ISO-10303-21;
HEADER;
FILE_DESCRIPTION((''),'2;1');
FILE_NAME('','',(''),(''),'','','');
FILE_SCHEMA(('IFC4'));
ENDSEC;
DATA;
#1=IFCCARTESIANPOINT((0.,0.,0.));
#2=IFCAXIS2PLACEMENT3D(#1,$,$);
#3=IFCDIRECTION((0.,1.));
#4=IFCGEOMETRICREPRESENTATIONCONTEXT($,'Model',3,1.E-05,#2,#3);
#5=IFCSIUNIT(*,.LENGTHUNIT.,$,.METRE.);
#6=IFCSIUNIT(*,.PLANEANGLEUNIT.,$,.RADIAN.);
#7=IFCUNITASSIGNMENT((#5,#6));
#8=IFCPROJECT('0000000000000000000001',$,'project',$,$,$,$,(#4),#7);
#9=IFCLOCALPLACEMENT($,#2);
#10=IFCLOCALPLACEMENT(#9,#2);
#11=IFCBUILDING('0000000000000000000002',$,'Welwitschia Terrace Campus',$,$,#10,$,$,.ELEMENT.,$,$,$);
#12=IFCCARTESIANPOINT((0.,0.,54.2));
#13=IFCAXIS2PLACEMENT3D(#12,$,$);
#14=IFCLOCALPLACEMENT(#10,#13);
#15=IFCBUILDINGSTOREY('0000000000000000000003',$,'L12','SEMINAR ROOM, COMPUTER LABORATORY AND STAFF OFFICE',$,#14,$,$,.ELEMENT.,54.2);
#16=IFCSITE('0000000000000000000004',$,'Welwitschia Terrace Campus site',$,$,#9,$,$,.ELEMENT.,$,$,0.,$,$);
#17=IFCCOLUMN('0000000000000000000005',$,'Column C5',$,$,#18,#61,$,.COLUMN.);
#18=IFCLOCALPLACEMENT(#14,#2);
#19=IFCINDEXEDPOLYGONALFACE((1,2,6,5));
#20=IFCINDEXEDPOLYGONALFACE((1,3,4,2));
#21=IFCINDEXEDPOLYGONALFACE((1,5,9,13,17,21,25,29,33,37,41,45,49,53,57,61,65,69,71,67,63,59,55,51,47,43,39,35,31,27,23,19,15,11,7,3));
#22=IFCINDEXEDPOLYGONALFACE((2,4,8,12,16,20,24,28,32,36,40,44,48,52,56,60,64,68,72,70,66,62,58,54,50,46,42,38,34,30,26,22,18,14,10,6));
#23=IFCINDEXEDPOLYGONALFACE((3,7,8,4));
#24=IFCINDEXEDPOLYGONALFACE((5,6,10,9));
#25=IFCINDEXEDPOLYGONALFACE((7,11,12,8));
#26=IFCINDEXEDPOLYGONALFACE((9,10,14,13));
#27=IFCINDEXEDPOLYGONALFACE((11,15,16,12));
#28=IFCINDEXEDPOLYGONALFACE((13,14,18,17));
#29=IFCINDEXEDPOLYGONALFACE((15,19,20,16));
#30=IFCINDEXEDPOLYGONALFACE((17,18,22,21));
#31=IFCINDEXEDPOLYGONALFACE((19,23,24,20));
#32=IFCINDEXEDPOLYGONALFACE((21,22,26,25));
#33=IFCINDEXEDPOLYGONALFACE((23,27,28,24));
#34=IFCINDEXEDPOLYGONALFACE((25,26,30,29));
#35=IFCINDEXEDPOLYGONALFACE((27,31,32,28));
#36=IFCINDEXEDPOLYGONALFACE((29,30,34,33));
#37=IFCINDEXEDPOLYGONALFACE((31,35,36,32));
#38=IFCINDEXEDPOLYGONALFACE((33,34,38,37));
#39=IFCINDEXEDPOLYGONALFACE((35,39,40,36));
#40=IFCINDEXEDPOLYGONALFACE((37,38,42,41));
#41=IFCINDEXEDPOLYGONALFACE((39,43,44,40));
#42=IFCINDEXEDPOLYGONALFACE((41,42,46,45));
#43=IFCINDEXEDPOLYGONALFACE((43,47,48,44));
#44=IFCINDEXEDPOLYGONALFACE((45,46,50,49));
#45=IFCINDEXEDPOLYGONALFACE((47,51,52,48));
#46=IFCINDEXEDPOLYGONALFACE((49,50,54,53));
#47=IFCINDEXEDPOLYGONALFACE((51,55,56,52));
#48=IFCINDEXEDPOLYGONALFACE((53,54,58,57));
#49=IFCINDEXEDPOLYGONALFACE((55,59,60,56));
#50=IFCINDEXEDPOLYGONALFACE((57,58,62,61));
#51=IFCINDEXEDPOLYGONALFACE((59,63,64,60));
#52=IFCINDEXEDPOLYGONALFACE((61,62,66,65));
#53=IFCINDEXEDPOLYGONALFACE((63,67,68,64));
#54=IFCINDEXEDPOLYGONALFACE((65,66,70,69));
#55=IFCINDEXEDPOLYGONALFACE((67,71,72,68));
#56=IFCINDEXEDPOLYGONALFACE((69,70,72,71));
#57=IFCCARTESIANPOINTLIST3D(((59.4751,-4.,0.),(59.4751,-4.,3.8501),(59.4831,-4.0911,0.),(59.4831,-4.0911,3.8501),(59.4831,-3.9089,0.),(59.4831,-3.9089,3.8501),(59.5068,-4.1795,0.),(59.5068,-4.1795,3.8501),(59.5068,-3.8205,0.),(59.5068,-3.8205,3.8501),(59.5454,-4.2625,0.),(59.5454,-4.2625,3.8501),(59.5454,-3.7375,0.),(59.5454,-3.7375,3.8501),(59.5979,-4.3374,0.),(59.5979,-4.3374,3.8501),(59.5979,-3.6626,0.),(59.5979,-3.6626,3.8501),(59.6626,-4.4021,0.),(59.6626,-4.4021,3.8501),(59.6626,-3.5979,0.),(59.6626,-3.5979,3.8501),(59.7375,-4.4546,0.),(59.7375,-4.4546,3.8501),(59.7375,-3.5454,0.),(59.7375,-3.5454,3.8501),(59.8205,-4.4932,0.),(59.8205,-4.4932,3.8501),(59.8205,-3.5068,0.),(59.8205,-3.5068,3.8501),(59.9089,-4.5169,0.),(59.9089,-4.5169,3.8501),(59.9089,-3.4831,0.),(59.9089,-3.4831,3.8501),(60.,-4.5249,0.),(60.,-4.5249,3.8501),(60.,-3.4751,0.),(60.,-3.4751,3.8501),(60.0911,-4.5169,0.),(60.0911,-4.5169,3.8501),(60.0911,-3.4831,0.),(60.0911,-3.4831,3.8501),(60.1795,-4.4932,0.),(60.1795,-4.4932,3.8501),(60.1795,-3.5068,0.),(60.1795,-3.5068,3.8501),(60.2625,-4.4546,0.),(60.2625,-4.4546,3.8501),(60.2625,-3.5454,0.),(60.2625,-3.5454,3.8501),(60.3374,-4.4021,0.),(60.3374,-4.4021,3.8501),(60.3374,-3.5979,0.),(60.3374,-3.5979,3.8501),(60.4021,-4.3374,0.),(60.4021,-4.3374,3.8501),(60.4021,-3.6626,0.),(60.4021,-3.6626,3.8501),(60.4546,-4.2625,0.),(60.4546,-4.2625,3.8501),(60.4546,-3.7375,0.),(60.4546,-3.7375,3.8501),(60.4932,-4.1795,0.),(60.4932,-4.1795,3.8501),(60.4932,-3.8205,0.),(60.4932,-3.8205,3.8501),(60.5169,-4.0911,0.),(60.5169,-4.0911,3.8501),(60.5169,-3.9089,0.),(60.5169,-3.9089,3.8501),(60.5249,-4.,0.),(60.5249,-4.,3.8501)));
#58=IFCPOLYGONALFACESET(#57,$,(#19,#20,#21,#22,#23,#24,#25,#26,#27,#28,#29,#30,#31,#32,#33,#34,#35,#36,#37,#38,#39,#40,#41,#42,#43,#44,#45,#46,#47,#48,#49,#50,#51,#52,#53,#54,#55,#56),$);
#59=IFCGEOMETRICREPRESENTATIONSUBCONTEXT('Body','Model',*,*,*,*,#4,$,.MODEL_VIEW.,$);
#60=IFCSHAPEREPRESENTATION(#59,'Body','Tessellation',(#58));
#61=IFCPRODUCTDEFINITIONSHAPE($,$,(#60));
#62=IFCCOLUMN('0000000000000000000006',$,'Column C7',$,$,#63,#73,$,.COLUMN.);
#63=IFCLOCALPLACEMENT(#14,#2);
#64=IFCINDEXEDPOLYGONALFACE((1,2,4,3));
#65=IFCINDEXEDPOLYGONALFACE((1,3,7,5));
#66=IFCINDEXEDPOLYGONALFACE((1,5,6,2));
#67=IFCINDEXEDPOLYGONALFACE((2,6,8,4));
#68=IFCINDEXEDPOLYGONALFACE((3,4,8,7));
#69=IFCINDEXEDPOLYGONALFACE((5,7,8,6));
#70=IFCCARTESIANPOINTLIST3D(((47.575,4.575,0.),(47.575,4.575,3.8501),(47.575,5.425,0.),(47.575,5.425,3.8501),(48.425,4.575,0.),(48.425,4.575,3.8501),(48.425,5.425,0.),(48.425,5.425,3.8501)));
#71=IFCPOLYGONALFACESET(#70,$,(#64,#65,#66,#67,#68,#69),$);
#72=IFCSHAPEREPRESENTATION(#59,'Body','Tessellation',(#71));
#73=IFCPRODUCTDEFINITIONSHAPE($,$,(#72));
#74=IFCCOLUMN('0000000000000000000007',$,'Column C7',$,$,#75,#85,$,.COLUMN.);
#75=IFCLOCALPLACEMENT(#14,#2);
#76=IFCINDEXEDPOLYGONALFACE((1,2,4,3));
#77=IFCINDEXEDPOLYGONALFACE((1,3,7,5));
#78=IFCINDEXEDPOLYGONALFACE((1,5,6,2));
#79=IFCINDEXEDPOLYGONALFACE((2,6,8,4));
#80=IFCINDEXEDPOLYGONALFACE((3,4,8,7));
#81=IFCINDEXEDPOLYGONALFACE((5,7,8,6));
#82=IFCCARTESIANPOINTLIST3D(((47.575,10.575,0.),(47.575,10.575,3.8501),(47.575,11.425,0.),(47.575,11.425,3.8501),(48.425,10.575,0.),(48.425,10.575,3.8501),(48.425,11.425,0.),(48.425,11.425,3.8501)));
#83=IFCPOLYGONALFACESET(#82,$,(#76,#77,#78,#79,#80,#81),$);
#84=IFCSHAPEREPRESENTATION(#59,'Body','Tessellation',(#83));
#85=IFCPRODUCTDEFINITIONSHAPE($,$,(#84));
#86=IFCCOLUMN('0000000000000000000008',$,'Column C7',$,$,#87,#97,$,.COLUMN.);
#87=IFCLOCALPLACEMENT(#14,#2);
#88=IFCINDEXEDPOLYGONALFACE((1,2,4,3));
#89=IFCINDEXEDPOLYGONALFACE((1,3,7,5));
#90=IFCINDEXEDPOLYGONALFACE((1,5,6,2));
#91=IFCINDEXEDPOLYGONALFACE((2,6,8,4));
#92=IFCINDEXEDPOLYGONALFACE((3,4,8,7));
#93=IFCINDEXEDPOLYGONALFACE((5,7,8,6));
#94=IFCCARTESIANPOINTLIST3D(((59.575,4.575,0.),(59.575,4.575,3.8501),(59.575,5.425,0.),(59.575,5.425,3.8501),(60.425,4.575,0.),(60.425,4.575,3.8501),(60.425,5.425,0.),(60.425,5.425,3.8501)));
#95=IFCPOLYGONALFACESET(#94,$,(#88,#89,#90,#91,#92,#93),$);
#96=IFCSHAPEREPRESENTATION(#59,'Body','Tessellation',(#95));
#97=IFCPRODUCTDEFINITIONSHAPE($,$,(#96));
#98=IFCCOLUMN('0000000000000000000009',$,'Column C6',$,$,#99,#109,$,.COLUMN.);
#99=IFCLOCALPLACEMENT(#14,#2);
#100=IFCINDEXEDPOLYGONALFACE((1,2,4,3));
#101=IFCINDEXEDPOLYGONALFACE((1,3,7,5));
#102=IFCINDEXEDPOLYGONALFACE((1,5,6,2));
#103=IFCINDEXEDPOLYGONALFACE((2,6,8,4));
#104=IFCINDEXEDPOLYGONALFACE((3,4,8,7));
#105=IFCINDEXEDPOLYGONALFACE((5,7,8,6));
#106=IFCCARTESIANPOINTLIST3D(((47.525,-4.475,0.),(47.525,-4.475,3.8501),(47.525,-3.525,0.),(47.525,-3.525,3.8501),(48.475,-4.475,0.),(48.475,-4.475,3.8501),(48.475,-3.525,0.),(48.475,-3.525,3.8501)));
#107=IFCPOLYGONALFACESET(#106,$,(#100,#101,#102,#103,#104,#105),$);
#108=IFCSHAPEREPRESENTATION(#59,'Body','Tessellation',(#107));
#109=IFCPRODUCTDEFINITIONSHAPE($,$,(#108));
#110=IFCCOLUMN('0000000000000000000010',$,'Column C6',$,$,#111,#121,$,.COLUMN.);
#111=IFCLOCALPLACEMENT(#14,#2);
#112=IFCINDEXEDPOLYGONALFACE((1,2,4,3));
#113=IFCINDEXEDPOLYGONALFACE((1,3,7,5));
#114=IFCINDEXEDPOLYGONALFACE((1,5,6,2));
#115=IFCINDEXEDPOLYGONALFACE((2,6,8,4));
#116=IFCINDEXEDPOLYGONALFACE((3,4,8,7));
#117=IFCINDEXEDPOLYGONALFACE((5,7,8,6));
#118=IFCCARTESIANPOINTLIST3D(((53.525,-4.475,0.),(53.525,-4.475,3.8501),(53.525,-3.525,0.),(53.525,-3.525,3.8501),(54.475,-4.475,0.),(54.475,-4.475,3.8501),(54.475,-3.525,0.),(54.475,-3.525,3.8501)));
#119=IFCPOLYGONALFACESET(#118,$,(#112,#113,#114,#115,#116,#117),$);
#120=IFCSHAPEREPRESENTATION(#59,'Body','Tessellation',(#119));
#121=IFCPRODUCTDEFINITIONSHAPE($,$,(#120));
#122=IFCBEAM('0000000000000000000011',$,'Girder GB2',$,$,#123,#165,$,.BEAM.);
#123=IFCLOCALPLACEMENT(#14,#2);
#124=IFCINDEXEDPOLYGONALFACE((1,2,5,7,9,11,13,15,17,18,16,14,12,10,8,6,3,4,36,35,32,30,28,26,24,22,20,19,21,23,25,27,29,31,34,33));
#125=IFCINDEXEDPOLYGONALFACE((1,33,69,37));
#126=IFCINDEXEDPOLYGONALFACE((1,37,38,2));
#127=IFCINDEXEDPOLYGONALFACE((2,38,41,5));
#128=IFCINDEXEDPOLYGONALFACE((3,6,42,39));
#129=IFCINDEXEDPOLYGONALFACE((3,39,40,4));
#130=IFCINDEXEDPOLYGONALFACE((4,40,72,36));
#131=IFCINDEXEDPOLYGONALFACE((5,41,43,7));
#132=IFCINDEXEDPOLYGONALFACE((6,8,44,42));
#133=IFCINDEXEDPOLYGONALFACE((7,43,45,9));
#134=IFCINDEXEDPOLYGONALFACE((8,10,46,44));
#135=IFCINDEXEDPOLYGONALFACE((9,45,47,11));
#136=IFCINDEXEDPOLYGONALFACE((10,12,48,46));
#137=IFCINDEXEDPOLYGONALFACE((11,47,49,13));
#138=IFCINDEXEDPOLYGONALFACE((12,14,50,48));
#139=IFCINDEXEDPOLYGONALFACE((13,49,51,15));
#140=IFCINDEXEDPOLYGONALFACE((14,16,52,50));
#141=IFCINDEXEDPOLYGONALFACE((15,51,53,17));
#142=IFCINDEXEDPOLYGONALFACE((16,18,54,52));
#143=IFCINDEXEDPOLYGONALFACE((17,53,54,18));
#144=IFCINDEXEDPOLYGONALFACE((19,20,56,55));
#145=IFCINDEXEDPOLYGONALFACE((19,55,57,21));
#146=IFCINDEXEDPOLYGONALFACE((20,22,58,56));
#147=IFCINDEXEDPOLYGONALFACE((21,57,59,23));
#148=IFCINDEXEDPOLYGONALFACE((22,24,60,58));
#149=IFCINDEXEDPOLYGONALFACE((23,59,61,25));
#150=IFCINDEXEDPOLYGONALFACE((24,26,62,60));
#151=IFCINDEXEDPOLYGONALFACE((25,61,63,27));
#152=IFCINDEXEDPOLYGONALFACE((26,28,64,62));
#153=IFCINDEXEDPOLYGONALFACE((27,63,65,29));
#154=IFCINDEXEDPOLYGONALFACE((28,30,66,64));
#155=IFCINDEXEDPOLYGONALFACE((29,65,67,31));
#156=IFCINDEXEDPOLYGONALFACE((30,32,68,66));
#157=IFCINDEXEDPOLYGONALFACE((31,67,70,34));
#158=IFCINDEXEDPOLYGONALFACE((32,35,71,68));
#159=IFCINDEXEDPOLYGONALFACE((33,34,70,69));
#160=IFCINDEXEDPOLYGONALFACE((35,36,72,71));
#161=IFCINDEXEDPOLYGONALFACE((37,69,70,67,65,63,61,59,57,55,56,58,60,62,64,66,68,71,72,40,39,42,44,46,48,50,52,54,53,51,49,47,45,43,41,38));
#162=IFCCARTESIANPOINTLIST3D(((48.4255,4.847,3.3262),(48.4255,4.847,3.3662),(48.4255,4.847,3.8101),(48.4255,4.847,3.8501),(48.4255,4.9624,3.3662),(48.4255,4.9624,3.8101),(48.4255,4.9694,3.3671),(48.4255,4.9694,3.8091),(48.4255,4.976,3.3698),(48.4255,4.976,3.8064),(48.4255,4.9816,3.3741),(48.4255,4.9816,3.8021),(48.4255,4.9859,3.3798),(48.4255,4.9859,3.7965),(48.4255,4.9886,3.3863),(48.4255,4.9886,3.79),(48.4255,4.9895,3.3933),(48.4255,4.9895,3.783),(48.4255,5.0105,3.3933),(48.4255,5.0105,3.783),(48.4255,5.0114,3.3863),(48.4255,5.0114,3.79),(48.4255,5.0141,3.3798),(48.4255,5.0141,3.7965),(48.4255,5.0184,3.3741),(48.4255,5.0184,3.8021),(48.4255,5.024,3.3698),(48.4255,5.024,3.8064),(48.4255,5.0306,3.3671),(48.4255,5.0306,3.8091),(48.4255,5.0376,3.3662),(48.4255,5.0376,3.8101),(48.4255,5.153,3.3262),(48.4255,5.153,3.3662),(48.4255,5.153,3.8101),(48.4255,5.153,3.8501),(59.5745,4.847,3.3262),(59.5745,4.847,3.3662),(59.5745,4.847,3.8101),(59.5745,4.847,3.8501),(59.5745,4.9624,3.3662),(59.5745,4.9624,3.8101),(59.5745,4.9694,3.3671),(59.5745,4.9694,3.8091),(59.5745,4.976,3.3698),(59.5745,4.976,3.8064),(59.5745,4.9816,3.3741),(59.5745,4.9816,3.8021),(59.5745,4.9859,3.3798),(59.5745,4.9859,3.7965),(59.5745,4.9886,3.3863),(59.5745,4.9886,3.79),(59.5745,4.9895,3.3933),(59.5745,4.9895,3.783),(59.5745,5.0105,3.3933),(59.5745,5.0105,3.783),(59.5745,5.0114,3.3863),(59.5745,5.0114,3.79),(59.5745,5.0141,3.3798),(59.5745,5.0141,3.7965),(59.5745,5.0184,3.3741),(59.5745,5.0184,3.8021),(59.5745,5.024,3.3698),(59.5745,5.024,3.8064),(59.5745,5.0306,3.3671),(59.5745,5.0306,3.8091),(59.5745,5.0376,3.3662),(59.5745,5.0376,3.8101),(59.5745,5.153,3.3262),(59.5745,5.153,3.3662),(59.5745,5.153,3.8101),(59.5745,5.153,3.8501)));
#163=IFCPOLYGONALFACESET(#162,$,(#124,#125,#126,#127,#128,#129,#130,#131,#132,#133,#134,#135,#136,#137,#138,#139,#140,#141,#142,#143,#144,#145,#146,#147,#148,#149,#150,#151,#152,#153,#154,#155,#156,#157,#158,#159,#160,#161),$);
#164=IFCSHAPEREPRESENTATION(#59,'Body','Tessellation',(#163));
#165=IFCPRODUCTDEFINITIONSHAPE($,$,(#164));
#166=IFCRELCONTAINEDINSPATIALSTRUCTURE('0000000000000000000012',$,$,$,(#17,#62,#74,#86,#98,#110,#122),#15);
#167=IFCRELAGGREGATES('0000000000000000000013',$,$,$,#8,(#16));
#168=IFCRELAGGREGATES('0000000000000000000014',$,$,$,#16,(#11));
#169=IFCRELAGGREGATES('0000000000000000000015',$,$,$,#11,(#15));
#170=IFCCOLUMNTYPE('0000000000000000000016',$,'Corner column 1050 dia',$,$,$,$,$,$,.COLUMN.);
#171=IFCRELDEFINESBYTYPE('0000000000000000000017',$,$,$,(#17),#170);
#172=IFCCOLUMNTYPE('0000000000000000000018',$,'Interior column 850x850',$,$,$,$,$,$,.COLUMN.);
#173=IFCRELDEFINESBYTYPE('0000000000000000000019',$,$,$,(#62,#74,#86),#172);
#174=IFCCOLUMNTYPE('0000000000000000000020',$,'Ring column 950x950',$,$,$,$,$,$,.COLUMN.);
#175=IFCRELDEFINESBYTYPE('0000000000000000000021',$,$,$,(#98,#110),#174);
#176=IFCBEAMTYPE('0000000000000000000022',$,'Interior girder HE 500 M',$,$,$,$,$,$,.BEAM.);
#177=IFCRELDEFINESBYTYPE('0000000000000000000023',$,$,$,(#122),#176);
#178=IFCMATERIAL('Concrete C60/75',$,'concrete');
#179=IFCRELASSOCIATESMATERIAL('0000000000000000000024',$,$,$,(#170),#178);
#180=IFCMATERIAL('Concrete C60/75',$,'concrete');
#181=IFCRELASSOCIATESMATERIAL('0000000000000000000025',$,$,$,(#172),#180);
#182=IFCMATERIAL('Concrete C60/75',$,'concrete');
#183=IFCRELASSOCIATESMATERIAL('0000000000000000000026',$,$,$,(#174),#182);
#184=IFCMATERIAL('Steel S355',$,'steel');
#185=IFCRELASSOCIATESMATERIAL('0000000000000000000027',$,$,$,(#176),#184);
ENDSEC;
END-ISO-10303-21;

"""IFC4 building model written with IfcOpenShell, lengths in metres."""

from ifc_helpers import new_model, si_unit, direction, frame, origin, origin_2d, place, context, subcontext, project, spatial, rectangle, circle, i_section, extrude, material, material_profile, profile_set, type_object, element, save


model = new_model("IFC4")

# Units and contexts
model_context = context("Model", 3, precision=1e-05, world=origin(), true_north=direction((0.0, 1.0)))
body_context = subcontext(model_context, "Body", "Model", "MODEL_VIEW")
ifc_project = project(units=[si_unit("LENGTHUNIT", "METRE"), si_unit("PLANEANGLEUNIT", "RADIAN")], contexts=[model_context])

# Site, building, storey
site_placement = place(None, origin())
site = spatial("IfcSite", under=ifc_project, at=site_placement, Name="Welwitschia Terrace Campus site", CompositionType="ELEMENT", RefElevation=0.0)
building_placement = place(site_placement, origin())
building = spatial("IfcBuilding", under=site, at=building_placement, Name="Welwitschia Terrace Campus", CompositionType="ELEMENT")
storey_placement = place(building_placement, frame((0.0, 0.0, 54.2)))
storey = spatial("IfcBuildingStorey", under=building, at=storey_placement, Name="L12", Description="SEMINAR ROOM, COMPUTER LABORATORY AND STAFF OFFICE", CompositionType="ELEMENT", Elevation=54.2)

# Columns
ifc_material_1 = material(Name="Concrete C60/75", Category="concrete")
ifc_material_profile_1 = material_profile(ifc_material_1, circle(Radius=0.5249, at=origin_2d()))
ifc_profile_set_1 = profile_set([ifc_material_profile_1], Name="Concrete C60/75")
column_type_1 = type_object("IfcColumnType", Name="Corner column 1050 dia", PredefinedType="COLUMN", material=ifc_profile_set_1)
column_placement = place(storey_placement, frame((60.0, -4.0, 0.0), z_axis=(0.0, 0.0, 1.0), x_axis=(1.0, 0.0, 0.0)))
element("IfcColumn", 1, at=column_placement, inside=storey, type_object=column_type_1, Name="Column C5", PredefinedType="COLUMN", context=body_context, shape_type="SweptSolid", body=[
    extrude(circle(Radius=0.5249, at=origin_2d()), origin(), (0.0, 0.0, 1.0), 3.8501),
])
ifc_material_2 = material(Name="Concrete C60/75", Category="concrete")
ifc_material_profile_2 = material_profile(ifc_material_2, rectangle(XDim=0.8501, YDim=0.8501, at=origin_2d()))
ifc_profile_set_2 = profile_set([ifc_material_profile_2], Name="Concrete C60/75")
column_type_2 = type_object("IfcColumnType", Name="Interior column 850x850", PredefinedType="COLUMN", material=ifc_profile_set_2)
for number, where, z_axis, x_axis, name in (
    (2, (48.0, 5.0, 0.0), (0.0, 0.0, 1.0), (1.0, 0.0, 0.0), "Column C7"),
    (3, (48.0, 11.0, 0.0), (0.0, 0.0, 1.0), (1.0, 0.0, 0.0), "Column C7"),
    (4, (60.0, 5.0, 0.0), (0.0, 0.0, 1.0), (1.0, 0.0, 0.0), "Column C7"),
):
    element("IfcColumn", number, at=place(storey_placement, frame(where, z_axis=z_axis, x_axis=x_axis)), inside=storey, type_object=column_type_2, Name=name, PredefinedType="COLUMN", context=body_context, shape_type="SweptSolid", body=[
        extrude(rectangle(XDim=0.8501, YDim=0.8501, at=origin_2d()), origin(), (0.0, 0.0, 1.0), 3.8501),
    ])
ifc_material_3 = material(Name="Concrete C60/75", Category="concrete")
ifc_material_profile_3 = material_profile(ifc_material_3, rectangle(XDim=0.95, YDim=0.95, at=origin_2d()))
ifc_profile_set_3 = profile_set([ifc_material_profile_3], Name="Concrete C60/75")
column_type_3 = type_object("IfcColumnType", Name="Ring column 950x950", PredefinedType="COLUMN", material=ifc_profile_set_3)
for number, where, z_axis, x_axis, name in (
    (5, (48.0, -4.0, 0.0), (0.0, 0.0, 1.0), (1.0, 0.0, 0.0), "Column C6"),
    (6, (54.0, -4.0, 0.0), (0.0, 0.0, 1.0), (1.0, 0.0, 0.0), "Column C6"),
):
    element("IfcColumn", number, at=place(storey_placement, frame(where, z_axis=z_axis, x_axis=x_axis)), inside=storey, type_object=column_type_3, Name=name, PredefinedType="COLUMN", context=body_context, shape_type="SweptSolid", body=[
        extrude(rectangle(XDim=0.95, YDim=0.95, at=origin_2d()), origin(), (0.0, 0.0, 1.0), 3.8501),
    ])

# Beam
ifc_material_4 = material(Name="Steel S355", Category="steel")
ifc_material_profile_4 = material_profile(ifc_material_4, i_section(OverallWidth=0.3059, OverallDepth=0.5239, WebThickness=0.021, FlangeThickness=0.04, FilletRadius=0.0271, at=origin_2d()))
ifc_profile_set_4 = profile_set([ifc_material_profile_4], Name="Steel S355")
beam_type_1 = type_object("IfcBeamType", Name="Interior girder HE 500 M", PredefinedType="BEAM", material=ifc_profile_set_4)
for number, where, z_axis, x_axis, name in (
    (7, (48.4255, 5.0, 3.5881), (1.0, 0.0, 0.0), (0.0, 1.0, 0.0), "Girder GB2"),
):
    element("IfcBeam", number, at=place(storey_placement, frame(where, z_axis=z_axis, x_axis=x_axis)), inside=storey, type_object=beam_type_1, Name=name, PredefinedType="BEAM", context=body_context, shape_type="SweptSolid", body=[
        extrude(i_section(OverallWidth=0.3059, OverallDepth=0.5239, WebThickness=0.021, FlangeThickness=0.04, FilletRadius=0.0271, at=origin_2d()), origin(), (0.0, 0.0, 1.0), 11.1489),
    ])

save(model, "model.ifc")
